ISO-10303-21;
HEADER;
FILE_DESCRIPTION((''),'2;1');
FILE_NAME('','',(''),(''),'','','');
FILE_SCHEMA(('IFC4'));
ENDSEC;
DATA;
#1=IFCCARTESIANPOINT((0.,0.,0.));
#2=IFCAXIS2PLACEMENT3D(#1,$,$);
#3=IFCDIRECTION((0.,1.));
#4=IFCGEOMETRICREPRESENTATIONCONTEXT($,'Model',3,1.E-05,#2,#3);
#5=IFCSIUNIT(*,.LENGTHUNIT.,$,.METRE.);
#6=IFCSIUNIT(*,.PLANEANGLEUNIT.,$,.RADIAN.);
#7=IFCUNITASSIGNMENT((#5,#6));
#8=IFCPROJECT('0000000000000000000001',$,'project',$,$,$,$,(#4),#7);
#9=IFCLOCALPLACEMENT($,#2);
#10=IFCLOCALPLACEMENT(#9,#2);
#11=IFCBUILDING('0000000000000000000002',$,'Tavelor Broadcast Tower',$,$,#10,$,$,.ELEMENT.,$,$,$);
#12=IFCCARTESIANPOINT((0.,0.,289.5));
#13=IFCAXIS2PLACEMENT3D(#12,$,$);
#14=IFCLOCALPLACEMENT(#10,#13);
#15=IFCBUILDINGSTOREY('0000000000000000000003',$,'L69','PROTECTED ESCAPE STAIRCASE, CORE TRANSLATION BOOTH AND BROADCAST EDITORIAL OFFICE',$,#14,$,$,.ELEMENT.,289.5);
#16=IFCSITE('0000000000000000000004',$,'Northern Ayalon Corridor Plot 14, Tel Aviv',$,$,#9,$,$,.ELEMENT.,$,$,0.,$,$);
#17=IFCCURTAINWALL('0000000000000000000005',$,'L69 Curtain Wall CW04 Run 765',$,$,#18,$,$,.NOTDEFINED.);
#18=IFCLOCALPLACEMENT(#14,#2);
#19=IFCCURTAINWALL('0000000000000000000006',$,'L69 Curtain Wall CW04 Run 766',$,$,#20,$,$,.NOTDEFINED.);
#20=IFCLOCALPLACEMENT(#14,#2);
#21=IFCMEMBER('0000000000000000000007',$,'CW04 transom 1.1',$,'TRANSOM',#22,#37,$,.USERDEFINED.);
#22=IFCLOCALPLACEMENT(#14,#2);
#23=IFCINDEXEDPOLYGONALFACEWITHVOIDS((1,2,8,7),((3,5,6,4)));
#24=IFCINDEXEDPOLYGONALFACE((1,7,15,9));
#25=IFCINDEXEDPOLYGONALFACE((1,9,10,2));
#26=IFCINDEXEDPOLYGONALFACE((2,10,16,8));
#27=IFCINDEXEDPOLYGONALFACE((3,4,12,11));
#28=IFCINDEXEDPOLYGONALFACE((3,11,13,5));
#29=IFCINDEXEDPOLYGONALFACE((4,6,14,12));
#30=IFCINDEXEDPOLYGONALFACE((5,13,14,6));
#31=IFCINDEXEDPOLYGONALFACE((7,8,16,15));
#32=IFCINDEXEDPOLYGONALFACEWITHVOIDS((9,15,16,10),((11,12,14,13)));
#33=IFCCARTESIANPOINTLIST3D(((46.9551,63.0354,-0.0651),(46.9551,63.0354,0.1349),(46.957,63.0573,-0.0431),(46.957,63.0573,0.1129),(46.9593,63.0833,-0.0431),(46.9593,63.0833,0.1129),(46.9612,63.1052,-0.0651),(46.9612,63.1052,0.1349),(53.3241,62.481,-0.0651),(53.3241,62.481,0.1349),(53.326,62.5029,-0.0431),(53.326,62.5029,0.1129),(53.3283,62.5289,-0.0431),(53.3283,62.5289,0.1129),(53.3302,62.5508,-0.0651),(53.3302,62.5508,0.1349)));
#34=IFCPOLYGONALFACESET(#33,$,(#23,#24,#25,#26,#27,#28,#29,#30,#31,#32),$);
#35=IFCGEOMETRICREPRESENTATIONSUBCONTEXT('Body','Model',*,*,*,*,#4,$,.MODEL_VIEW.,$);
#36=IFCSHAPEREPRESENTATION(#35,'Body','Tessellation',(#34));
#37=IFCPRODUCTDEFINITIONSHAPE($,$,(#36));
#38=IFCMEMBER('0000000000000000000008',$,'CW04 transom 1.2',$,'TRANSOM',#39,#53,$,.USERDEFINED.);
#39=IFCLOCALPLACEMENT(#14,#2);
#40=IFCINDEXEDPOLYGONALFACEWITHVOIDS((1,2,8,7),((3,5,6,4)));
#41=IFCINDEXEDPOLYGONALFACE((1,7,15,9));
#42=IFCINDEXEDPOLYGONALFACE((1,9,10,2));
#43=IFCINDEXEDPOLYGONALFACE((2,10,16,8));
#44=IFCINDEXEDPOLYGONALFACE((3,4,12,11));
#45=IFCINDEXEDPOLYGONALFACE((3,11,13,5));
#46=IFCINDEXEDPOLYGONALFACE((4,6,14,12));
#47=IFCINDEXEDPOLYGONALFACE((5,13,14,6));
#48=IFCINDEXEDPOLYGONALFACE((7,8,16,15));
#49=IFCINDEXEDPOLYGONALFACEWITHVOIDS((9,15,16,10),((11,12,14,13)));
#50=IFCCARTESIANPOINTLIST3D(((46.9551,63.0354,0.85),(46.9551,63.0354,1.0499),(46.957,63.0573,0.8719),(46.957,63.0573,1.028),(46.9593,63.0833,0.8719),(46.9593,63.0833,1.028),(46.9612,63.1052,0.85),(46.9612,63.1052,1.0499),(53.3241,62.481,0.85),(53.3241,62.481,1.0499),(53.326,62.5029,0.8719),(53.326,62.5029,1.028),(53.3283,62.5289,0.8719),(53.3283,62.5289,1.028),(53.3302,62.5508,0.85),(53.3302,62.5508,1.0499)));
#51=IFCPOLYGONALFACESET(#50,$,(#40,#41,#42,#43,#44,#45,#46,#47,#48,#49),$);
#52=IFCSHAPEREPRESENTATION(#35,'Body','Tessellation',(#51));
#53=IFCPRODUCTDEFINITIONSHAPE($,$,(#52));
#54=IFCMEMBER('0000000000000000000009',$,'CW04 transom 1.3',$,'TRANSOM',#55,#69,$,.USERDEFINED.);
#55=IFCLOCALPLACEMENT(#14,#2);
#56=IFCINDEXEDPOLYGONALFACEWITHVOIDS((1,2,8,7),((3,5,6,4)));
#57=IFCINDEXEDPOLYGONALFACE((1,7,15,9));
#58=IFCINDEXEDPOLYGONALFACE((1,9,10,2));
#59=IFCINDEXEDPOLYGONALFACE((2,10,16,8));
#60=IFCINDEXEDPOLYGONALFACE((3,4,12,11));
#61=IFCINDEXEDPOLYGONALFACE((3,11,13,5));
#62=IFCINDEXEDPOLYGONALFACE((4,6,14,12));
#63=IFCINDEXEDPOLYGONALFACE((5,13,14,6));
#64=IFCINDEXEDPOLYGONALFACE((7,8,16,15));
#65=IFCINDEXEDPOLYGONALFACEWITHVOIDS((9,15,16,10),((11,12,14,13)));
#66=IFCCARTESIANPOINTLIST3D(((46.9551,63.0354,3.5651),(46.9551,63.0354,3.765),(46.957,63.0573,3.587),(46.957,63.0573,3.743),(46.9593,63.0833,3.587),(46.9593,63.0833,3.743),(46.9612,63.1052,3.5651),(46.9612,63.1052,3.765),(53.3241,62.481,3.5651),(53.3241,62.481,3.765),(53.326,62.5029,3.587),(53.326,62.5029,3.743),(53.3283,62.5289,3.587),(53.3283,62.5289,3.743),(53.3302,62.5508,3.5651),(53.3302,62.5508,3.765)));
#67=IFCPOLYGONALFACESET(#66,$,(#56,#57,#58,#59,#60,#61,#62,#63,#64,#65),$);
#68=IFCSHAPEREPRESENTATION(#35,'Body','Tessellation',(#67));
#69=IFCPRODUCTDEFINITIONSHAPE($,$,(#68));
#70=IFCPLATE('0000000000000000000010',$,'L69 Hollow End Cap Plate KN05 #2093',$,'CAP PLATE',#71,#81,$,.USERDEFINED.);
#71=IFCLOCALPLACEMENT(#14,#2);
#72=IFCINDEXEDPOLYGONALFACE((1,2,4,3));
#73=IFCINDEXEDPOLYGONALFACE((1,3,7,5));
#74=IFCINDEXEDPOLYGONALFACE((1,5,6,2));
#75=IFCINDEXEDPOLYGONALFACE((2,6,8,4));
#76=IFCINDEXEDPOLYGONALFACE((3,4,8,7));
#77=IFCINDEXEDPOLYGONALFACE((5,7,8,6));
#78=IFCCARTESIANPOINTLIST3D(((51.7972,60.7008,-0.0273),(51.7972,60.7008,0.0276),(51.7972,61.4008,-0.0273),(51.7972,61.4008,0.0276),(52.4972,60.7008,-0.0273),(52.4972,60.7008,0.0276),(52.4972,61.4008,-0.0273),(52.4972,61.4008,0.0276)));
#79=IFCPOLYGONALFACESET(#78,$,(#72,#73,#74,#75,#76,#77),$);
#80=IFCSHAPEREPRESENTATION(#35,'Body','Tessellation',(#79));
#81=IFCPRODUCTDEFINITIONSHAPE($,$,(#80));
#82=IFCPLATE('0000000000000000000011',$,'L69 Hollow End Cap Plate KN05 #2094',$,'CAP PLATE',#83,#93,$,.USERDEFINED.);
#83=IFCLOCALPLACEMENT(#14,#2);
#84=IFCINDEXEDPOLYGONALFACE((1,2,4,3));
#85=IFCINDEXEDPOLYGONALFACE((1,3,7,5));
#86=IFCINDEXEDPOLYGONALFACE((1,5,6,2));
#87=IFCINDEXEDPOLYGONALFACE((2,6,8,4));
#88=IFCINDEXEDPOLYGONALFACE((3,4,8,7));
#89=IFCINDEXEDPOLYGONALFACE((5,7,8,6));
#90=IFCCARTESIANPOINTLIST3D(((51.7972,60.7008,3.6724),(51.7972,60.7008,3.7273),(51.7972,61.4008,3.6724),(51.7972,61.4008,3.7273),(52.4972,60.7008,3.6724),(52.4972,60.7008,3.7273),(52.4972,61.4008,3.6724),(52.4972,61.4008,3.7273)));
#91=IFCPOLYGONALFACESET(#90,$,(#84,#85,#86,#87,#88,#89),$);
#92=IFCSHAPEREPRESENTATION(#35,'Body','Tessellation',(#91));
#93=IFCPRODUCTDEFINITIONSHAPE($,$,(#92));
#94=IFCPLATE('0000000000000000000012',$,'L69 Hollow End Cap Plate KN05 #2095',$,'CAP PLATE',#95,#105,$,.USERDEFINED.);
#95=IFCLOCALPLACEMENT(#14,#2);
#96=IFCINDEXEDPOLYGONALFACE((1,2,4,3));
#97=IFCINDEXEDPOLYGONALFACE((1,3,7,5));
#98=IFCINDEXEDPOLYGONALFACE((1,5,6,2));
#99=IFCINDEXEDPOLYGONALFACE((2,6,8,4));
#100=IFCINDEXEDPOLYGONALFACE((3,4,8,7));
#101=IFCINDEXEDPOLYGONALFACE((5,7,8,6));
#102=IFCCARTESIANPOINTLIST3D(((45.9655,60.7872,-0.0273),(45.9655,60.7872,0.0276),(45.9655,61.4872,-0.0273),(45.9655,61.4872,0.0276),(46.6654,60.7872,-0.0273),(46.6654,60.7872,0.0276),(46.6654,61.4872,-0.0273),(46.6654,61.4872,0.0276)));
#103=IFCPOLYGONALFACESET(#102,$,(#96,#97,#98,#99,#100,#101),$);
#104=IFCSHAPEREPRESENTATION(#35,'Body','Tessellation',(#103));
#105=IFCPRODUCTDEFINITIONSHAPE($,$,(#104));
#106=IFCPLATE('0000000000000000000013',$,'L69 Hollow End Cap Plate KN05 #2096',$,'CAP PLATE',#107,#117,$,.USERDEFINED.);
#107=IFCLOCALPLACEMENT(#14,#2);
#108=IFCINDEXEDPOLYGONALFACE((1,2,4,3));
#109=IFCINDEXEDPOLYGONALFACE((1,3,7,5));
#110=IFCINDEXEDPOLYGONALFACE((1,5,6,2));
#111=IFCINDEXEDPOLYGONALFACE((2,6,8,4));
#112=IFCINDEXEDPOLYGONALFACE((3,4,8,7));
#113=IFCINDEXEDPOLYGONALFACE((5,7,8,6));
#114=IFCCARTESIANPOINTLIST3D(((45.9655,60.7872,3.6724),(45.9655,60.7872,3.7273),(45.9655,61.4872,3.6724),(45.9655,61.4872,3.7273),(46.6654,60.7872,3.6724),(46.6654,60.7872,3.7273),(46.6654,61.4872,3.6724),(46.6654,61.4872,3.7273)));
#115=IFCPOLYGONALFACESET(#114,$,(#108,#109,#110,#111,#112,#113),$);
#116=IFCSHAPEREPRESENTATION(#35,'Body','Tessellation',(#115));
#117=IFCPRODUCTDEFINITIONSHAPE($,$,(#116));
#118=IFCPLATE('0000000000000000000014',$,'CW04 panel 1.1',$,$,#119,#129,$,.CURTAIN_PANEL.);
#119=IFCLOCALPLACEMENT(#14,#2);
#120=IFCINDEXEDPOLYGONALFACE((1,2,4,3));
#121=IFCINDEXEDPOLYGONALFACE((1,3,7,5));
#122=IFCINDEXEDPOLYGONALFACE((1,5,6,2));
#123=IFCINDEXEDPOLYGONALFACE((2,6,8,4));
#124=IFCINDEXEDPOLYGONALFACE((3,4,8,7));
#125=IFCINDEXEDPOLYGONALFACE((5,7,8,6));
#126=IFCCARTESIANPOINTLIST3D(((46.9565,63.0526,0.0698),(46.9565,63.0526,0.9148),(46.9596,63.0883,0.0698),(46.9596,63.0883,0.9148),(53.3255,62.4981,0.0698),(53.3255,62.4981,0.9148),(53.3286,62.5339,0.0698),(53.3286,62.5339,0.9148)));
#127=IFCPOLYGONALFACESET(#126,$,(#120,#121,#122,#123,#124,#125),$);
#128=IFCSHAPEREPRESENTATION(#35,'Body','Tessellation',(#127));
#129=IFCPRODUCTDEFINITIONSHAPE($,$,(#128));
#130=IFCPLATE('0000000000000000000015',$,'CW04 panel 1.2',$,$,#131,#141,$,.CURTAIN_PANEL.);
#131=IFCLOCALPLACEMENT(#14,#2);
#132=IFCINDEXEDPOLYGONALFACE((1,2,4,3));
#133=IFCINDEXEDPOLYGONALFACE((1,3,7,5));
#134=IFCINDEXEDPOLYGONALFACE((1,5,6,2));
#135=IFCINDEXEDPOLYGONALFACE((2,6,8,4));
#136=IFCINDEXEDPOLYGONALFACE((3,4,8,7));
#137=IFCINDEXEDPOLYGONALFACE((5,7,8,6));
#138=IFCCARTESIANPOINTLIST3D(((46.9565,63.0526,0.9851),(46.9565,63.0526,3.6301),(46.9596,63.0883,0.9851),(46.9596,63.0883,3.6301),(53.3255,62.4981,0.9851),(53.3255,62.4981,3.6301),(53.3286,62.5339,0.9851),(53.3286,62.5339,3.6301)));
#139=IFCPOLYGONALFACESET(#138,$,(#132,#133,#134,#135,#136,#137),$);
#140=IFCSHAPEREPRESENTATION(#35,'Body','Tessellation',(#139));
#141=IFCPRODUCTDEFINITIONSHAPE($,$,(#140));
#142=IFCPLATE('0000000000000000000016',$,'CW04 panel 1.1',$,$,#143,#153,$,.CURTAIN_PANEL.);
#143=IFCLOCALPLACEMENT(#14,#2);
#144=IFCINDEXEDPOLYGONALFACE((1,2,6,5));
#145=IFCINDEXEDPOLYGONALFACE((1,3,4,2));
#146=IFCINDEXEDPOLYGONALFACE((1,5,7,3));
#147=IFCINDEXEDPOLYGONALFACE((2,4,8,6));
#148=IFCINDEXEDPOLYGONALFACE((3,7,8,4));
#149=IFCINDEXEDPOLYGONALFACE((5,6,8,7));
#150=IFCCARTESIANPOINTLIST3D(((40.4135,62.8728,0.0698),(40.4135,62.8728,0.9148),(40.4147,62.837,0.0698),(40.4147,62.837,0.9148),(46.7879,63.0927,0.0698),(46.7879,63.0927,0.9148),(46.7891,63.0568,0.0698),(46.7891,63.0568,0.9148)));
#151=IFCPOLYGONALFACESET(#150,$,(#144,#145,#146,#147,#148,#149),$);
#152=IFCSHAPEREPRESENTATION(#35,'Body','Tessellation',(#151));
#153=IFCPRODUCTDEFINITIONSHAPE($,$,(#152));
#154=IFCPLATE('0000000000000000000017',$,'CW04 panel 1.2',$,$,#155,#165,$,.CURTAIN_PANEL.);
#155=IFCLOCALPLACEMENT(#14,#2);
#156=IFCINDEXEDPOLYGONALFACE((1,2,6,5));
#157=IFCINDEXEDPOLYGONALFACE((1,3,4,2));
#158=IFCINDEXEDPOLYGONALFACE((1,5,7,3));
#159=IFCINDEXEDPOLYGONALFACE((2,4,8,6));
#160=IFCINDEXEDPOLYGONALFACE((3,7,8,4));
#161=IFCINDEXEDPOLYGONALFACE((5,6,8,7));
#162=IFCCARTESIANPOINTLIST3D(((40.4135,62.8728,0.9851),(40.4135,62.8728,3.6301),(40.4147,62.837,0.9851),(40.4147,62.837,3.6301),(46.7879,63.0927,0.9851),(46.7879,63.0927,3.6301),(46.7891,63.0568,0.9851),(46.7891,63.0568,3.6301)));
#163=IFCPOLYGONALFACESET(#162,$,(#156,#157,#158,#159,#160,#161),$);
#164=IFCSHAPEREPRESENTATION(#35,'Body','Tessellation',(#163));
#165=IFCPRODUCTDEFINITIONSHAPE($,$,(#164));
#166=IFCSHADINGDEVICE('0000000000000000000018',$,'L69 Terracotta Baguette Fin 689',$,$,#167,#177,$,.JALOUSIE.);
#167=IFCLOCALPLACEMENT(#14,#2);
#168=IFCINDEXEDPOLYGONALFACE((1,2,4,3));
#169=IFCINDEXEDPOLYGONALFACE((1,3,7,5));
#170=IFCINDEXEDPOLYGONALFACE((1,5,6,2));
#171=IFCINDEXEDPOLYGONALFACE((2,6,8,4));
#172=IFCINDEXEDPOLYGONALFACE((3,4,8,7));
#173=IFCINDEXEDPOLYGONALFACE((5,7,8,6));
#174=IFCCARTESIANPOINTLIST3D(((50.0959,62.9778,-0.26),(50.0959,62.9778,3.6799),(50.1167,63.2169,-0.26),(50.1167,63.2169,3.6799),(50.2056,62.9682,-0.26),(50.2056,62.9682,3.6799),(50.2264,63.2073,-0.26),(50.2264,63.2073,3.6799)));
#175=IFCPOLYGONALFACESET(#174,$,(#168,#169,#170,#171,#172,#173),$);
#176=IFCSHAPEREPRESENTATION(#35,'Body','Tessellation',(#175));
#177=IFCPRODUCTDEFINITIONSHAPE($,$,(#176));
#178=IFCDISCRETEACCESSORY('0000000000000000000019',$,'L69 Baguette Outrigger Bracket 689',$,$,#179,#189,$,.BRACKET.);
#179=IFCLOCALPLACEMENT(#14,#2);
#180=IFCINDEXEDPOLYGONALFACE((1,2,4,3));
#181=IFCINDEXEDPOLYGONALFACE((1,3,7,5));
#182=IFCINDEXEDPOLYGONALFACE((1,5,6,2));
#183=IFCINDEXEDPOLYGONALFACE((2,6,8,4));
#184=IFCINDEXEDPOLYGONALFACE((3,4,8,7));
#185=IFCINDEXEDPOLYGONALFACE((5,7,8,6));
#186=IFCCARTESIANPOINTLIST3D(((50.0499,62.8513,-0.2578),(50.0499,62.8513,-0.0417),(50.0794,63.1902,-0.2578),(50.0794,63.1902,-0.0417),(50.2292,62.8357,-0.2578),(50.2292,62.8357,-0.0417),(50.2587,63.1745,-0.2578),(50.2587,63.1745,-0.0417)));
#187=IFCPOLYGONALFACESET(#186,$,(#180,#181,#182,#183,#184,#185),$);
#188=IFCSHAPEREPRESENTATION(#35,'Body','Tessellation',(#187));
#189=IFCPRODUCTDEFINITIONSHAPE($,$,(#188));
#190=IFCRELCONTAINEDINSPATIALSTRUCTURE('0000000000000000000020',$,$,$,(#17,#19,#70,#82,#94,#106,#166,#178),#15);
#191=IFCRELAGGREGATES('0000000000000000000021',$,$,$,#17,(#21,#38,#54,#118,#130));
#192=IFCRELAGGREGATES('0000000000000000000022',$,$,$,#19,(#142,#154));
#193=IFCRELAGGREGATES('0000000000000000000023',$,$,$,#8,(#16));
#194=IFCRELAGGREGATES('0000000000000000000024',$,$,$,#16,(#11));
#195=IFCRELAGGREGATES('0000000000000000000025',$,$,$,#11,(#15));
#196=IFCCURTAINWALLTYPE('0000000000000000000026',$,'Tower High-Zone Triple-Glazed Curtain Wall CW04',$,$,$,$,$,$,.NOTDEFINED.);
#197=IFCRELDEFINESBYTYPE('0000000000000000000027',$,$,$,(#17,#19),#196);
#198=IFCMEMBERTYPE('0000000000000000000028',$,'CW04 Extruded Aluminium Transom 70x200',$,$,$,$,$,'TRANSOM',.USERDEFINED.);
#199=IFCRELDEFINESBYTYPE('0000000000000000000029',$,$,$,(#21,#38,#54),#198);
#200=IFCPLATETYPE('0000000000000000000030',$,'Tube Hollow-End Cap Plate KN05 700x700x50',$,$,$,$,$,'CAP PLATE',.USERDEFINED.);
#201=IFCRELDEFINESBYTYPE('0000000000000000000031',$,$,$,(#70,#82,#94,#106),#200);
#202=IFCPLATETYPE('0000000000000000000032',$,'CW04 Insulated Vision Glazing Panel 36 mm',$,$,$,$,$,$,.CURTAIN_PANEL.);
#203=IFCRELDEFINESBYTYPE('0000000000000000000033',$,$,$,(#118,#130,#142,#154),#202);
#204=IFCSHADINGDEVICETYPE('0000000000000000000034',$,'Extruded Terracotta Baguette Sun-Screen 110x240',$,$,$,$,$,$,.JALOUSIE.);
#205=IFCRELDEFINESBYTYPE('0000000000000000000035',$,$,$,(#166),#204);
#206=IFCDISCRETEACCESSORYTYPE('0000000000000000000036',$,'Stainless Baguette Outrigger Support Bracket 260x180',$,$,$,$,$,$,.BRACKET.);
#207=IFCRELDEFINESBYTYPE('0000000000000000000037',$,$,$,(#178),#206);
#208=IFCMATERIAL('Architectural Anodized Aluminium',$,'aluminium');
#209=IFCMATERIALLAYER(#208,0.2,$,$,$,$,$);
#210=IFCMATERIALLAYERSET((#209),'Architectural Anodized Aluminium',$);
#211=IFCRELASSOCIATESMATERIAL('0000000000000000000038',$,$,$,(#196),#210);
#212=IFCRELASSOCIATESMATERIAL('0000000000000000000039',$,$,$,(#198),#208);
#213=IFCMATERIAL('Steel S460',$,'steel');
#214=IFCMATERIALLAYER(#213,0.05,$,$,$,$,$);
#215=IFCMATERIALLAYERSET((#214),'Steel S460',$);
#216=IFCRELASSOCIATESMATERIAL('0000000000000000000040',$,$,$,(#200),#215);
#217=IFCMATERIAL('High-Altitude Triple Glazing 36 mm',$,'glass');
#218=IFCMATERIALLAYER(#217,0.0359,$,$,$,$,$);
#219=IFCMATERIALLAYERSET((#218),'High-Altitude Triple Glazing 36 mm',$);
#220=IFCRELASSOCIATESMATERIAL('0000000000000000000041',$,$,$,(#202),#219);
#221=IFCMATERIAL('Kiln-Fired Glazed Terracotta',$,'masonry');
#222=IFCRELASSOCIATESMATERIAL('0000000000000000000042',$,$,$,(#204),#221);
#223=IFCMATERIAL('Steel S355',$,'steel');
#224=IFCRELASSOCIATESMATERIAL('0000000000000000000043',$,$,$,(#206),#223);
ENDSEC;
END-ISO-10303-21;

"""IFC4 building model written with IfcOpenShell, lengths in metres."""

from ifc_helpers import new_model, si_unit, direction, frame, origin, origin_2d, place, context, subcontext, project, spatial, rectangle, hollow_rectangle, extrude, source, transform, mapped, material, layer, layer_set, material_profile, profile_set, type_object, type_shapes, element, aggregate, save


model = new_model("IFC4")

# Units and contexts
model_context = context("Model", 3, precision=1e-05, world=origin(), true_north=direction((0.0, 1.0)))
body_context = subcontext(model_context, "Body", "Model", "MODEL_VIEW")
ifc_project = project(units=[si_unit("LENGTHUNIT", "METRE"), si_unit("PLANEANGLEUNIT", "RADIAN")], contexts=[model_context])

# Site, building, storey
site_placement = place(None, origin())
site = spatial("IfcSite", under=ifc_project, at=site_placement, Name="Northern Ayalon Corridor Plot 14, Tel Aviv", CompositionType="ELEMENT", RefElevation=0.0)
building_placement = place(site_placement, origin())
building = spatial("IfcBuilding", under=site, at=building_placement, Name="Tavelor Broadcast Tower", CompositionType="ELEMENT")
storey_placement = place(building_placement, frame((0.0, 0.0, 289.5)))
storey = spatial("IfcBuildingStorey", under=building, at=storey_placement, Name="L69", Description="PROTECTED ESCAPE STAIRCASE, CORE TRANSLATION BOOTH AND BROADCAST EDITORIAL OFFICE", CompositionType="ELEMENT", Elevation=289.5)

# Shared definitions
ifc_material_1 = material(Name="Steel S460", Category="steel")

# Shared definitions
ifc_material_2 = material(Name="Steel S355", Category="steel")

# Curtain walls
ifc_material_3 = material(Name="Architectural Anodized Aluminium", Category="aluminium")
ifc_layer_1 = layer(ifc_material_3, 0.2)
ifc_layer_set_1 = layer_set([ifc_layer_1], Name="Architectural Anodized Aluminium")
curtain_wall_type = type_object("IfcCurtainWallType", Name="Tower High-Zone Triple-Glazed Curtain Wall CW04", PredefinedType="NOTDEFINED", material=ifc_layer_set_1)
curtain_wall_1_placement = place(storey_placement, origin())
curtain_wall_1 = element("IfcCurtainWall", 1, at=curtain_wall_1_placement, inside=storey, type_object=curtain_wall_type, Name="L69 Curtain Wall CW04 Run 765", PredefinedType="NOTDEFINED")
curtain_wall_2_placement = place(storey_placement, origin())
curtain_wall_2 = element("IfcCurtainWall", 2, at=curtain_wall_2_placement, inside=storey, type_object=curtain_wall_type, Name="L69 Curtain Wall CW04 Run 766", PredefinedType="NOTDEFINED")
ifc_material_profile_1 = material_profile(ifc_material_3, hollow_rectangle(XDim=0.0701, YDim=0.2, WallThickness=0.022, at=origin_2d()), Name="RHS 70x200x22")
ifc_profile_set_1 = profile_set([ifc_material_profile_1], Name="Architectural Anodized Aluminium")
member_type_1 = type_object("IfcMemberType", Name="CW04 Extruded Aluminium Transom 70x200", ElementType="TRANSOM", PredefinedType="USERDEFINED", material=ifc_profile_set_1)

# Members
shared_shape_1 = source(origin(), body_context, "Body", "SweptSolid", [
    extrude(hollow_rectangle(XDim=0.0701, YDim=0.2, WallThickness=0.022, at=origin_2d()), origin(), (0.0, 0.0, 1.0), 6.3931),
])
member_1_placement = place(storey_placement, frame((53.3271, 62.5159, 0.0349), z_axis=(-0.996232, 0.086727, 0.0), x_axis=(-0.086727, -0.996232, 0.0)))
member_1 = element("IfcMember", 3, at=member_1_placement, type_object=member_type_1, Name="CW04 transom 1.1", ObjectType="TRANSOM", PredefinedType="USERDEFINED", context=body_context, shape_type="MappedRepresentation", body=[
    mapped(shared_shape_1, transform((0.0, 0.0, 0.0), scale=1.0)),
])
member_2_placement = place(storey_placement, frame((53.3271, 62.5159, 0.95), z_axis=(-0.996232, 0.086727, 0.0), x_axis=(-0.086727, -0.996232, 0.0)))
member_2 = element("IfcMember", 4, at=member_2_placement, type_object=member_type_1, Name="CW04 transom 1.2", ObjectType="TRANSOM", PredefinedType="USERDEFINED", context=body_context, shape_type="MappedRepresentation", body=[
    mapped(shared_shape_1, transform((0.0, 0.0, 0.0), scale=1.0)),
])
member_3_placement = place(storey_placement, frame((53.3271, 62.5159, 3.665), z_axis=(-0.996232, 0.086727, 0.0), x_axis=(-0.086727, -0.996232, 0.0)))
member_3 = element("IfcMember", 5, at=member_3_placement, type_object=member_type_1, Name="CW04 transom 1.3", ObjectType="TRANSOM", PredefinedType="USERDEFINED", context=body_context, shape_type="MappedRepresentation", body=[
    mapped(shared_shape_1, transform((0.0, 0.0, 0.0), scale=1.0)),
])

# Plates
ifc_layer_2 = layer(ifc_material_1, 0.05)
ifc_layer_set_2 = layer_set([ifc_layer_2], Name="Steel S460")
plate_type_1 = type_object("IfcPlateType", Name="Tube Hollow-End Cap Plate KN05 700x700x50", ElementType="CAP PLATE", PredefinedType="USERDEFINED", material=ifc_layer_set_2)
shared_shape_2 = source(origin(), body_context, "Body", "SweptSolid", [
    extrude(rectangle(XDim=0.7, YDim=0.7, at=origin_2d()), origin(), (0.0, 0.0, 1.0), 0.0549),
])
type_shapes(plate_type_1, [shared_shape_2])
for number, where, z_axis, x_axis, name in (
    (6, (52.1472, 61.0508, -0.0273), (0.0, 0.0, 1.0), (1.0, 0.0, 0.0), "L69 Hollow End Cap Plate KN05 #2093"),
    (7, (52.1472, 61.0508, 3.6724), (0.0, 0.0, 1.0), (1.0, 0.0, 0.0), "L69 Hollow End Cap Plate KN05 #2094"),
    (8, (46.3154, 61.1372, -0.0273), (0.0, 0.0, 1.0), (1.0, 0.0, 0.0), "L69 Hollow End Cap Plate KN05 #2095"),
    (9, (46.3154, 61.1372, 3.6724), (0.0, 0.0, 1.0), (1.0, 0.0, 0.0), "L69 Hollow End Cap Plate KN05 #2096"),
):
    element("IfcPlate", number, at=place(storey_placement, frame(where, z_axis=z_axis, x_axis=x_axis)), inside=storey, type_object=plate_type_1, Name=name, ObjectType="CAP PLATE", PredefinedType="USERDEFINED", context=body_context, shape_type="MappedRepresentation", body=[
        mapped(shared_shape_2, transform((0.0, 0.0, 0.0), scale=1.0)),
    ])

# Plates
ifc_material_4 = material(Name="High-Altitude Triple Glazing 36 mm", Category="glass")
ifc_layer_3 = layer(ifc_material_4, 0.0359)
ifc_layer_set_3 = layer_set([ifc_layer_3], Name="High-Altitude Triple Glazing 36 mm")
plate_type_2 = type_object("IfcPlateType", Name="CW04 Insulated Vision Glazing Panel 36 mm", PredefinedType="CURTAIN_PANEL", material=ifc_layer_set_3)
shared_shape_3 = source(origin(), body_context, "Body", "SweptSolid", [
    extrude(rectangle(XDim=6.3931, YDim=0.0359, at=origin_2d()), origin(), (0.0, 0.0, 1.0), 0.845),
])
plate_1_placement = place(storey_placement, frame((50.1426, 62.7932, 0.0698), z_axis=(0.0, 0.0, 1.0), x_axis=(-0.996232, 0.086729, 0.0)))
plate_1 = element("IfcPlate", 10, at=plate_1_placement, type_object=plate_type_2, Name="CW04 panel 1.1", PredefinedType="CURTAIN_PANEL", context=body_context, shape_type="MappedRepresentation", body=[
    mapped(shared_shape_3, transform((0.0, 0.0, 0.0), scale=1.0)),
])
shared_shape_4 = source(origin(), body_context, "Body", "SweptSolid", [
    extrude(rectangle(XDim=6.3931, YDim=0.0359, at=origin_2d()), origin(), (0.0, 0.0, 1.0), 2.645),
])
plate_2_placement = place(storey_placement, frame((50.1426, 62.7932, 0.9851), z_axis=(0.0, 0.0, 1.0), x_axis=(-0.996232, 0.086729, 0.0)))
plate_2 = element("IfcPlate", 11, at=plate_2_placement, type_object=plate_type_2, Name="CW04 panel 1.2", PredefinedType="CURTAIN_PANEL", context=body_context, shape_type="MappedRepresentation", body=[
    mapped(shared_shape_4, transform((0.0, 0.0, 0.0), scale=1.0)),
])
aggregate(curtain_wall_1, [member_1, member_2, member_3, plate_1, plate_2])
shared_shape_5 = source(origin(), body_context, "Body", "SweptSolid", [
    extrude(rectangle(XDim=6.3782, YDim=0.0359, at=origin_2d()), origin(), (0.0, 0.0, 1.0), 0.845),
])
plate_3_placement = place(storey_placement, frame((43.6013, 62.9648, 0.0698), z_axis=(0.0, 0.0, 1.0), x_axis=(-0.999406, -0.034473, 0.0)))
plate_3 = element("IfcPlate", 12, at=plate_3_placement, type_object=plate_type_2, Name="CW04 panel 1.1", PredefinedType="CURTAIN_PANEL", context=body_context, shape_type="MappedRepresentation", body=[
    mapped(shared_shape_5, transform((0.0, 0.0, 0.0), scale=1.0)),
])
shared_shape_6 = source(origin(), body_context, "Body", "SweptSolid", [
    extrude(rectangle(XDim=6.3782, YDim=0.0359, at=origin_2d()), origin(), (0.0, 0.0, 1.0), 2.645),
])
type_shapes(plate_type_2, [shared_shape_3, shared_shape_4, shared_shape_5, shared_shape_6])
plate_4_placement = place(storey_placement, frame((43.6013, 62.9648, 0.9851), z_axis=(0.0, 0.0, 1.0), x_axis=(-0.999406, -0.034473, 0.0)))
plate_4 = element("IfcPlate", 13, at=plate_4_placement, type_object=plate_type_2, Name="CW04 panel 1.2", PredefinedType="CURTAIN_PANEL", context=body_context, shape_type="MappedRepresentation", body=[
    mapped(shared_shape_6, transform((0.0, 0.0, 0.0), scale=1.0)),
])
aggregate(curtain_wall_2, [plate_3, plate_4])

# Shading device
ifc_material_5 = material(Name="Kiln-Fired Glazed Terracotta", Category="masonry")
shading_device_type = type_object("IfcShadingDeviceType", Name="Extruded Terracotta Baguette Sun-Screen 110x240", PredefinedType="JALOUSIE", material=ifc_material_5)
shared_shape_7 = source(origin(), body_context, "Body", "SweptSolid", [
    extrude(rectangle(XDim=0.1101, YDim=0.24, at=origin_2d()), origin(), (0.0, 0.0, 1.0), 3.9399),
])
type_shapes(shading_device_type, [shared_shape_7])
shading_device_placement = place(storey_placement, frame((50.1611, 63.0925, -0.26), z_axis=(0.0, 0.0, 1.0), x_axis=(-0.996225, 0.086808, 0.0)))
element("IfcShadingDevice", 14, at=shading_device_placement, inside=storey, type_object=shading_device_type, Name="L69 Terracotta Baguette Fin 689", PredefinedType="JALOUSIE", context=body_context, shape_type="MappedRepresentation", body=[
    mapped(shared_shape_7, transform((0.0, 0.0, 0.0), scale=1.0)),
])

# Discrete accessory
discrete_accessory_type = type_object("IfcDiscreteAccessoryType", Name="Stainless Baguette Outrigger Support Bracket 260x180", PredefinedType="BRACKET", material=ifc_material_2)
shared_shape_8 = source(origin(), body_context, "Body", "SweptSolid", [
    extrude(rectangle(XDim=0.1799, YDim=0.3401, at=origin_2d()), origin(), (0.0, 0.0, 1.0), 0.2161),
])
type_shapes(discrete_accessory_type, [shared_shape_8])
discrete_accessory_placement = place(storey_placement, frame((50.1543, 63.0129, -0.2578), z_axis=(0.0, 0.0, 1.0), x_axis=(-0.996225, 0.086808, 0.0)))
element("IfcDiscreteAccessory", 15, at=discrete_accessory_placement, inside=storey, type_object=discrete_accessory_type, Name="L69 Baguette Outrigger Bracket 689", PredefinedType="BRACKET", context=body_context, shape_type="MappedRepresentation", body=[
    mapped(shared_shape_8, transform((0.0, 0.0, 0.0), scale=1.0)),
])

save(model, "model.ifc")
